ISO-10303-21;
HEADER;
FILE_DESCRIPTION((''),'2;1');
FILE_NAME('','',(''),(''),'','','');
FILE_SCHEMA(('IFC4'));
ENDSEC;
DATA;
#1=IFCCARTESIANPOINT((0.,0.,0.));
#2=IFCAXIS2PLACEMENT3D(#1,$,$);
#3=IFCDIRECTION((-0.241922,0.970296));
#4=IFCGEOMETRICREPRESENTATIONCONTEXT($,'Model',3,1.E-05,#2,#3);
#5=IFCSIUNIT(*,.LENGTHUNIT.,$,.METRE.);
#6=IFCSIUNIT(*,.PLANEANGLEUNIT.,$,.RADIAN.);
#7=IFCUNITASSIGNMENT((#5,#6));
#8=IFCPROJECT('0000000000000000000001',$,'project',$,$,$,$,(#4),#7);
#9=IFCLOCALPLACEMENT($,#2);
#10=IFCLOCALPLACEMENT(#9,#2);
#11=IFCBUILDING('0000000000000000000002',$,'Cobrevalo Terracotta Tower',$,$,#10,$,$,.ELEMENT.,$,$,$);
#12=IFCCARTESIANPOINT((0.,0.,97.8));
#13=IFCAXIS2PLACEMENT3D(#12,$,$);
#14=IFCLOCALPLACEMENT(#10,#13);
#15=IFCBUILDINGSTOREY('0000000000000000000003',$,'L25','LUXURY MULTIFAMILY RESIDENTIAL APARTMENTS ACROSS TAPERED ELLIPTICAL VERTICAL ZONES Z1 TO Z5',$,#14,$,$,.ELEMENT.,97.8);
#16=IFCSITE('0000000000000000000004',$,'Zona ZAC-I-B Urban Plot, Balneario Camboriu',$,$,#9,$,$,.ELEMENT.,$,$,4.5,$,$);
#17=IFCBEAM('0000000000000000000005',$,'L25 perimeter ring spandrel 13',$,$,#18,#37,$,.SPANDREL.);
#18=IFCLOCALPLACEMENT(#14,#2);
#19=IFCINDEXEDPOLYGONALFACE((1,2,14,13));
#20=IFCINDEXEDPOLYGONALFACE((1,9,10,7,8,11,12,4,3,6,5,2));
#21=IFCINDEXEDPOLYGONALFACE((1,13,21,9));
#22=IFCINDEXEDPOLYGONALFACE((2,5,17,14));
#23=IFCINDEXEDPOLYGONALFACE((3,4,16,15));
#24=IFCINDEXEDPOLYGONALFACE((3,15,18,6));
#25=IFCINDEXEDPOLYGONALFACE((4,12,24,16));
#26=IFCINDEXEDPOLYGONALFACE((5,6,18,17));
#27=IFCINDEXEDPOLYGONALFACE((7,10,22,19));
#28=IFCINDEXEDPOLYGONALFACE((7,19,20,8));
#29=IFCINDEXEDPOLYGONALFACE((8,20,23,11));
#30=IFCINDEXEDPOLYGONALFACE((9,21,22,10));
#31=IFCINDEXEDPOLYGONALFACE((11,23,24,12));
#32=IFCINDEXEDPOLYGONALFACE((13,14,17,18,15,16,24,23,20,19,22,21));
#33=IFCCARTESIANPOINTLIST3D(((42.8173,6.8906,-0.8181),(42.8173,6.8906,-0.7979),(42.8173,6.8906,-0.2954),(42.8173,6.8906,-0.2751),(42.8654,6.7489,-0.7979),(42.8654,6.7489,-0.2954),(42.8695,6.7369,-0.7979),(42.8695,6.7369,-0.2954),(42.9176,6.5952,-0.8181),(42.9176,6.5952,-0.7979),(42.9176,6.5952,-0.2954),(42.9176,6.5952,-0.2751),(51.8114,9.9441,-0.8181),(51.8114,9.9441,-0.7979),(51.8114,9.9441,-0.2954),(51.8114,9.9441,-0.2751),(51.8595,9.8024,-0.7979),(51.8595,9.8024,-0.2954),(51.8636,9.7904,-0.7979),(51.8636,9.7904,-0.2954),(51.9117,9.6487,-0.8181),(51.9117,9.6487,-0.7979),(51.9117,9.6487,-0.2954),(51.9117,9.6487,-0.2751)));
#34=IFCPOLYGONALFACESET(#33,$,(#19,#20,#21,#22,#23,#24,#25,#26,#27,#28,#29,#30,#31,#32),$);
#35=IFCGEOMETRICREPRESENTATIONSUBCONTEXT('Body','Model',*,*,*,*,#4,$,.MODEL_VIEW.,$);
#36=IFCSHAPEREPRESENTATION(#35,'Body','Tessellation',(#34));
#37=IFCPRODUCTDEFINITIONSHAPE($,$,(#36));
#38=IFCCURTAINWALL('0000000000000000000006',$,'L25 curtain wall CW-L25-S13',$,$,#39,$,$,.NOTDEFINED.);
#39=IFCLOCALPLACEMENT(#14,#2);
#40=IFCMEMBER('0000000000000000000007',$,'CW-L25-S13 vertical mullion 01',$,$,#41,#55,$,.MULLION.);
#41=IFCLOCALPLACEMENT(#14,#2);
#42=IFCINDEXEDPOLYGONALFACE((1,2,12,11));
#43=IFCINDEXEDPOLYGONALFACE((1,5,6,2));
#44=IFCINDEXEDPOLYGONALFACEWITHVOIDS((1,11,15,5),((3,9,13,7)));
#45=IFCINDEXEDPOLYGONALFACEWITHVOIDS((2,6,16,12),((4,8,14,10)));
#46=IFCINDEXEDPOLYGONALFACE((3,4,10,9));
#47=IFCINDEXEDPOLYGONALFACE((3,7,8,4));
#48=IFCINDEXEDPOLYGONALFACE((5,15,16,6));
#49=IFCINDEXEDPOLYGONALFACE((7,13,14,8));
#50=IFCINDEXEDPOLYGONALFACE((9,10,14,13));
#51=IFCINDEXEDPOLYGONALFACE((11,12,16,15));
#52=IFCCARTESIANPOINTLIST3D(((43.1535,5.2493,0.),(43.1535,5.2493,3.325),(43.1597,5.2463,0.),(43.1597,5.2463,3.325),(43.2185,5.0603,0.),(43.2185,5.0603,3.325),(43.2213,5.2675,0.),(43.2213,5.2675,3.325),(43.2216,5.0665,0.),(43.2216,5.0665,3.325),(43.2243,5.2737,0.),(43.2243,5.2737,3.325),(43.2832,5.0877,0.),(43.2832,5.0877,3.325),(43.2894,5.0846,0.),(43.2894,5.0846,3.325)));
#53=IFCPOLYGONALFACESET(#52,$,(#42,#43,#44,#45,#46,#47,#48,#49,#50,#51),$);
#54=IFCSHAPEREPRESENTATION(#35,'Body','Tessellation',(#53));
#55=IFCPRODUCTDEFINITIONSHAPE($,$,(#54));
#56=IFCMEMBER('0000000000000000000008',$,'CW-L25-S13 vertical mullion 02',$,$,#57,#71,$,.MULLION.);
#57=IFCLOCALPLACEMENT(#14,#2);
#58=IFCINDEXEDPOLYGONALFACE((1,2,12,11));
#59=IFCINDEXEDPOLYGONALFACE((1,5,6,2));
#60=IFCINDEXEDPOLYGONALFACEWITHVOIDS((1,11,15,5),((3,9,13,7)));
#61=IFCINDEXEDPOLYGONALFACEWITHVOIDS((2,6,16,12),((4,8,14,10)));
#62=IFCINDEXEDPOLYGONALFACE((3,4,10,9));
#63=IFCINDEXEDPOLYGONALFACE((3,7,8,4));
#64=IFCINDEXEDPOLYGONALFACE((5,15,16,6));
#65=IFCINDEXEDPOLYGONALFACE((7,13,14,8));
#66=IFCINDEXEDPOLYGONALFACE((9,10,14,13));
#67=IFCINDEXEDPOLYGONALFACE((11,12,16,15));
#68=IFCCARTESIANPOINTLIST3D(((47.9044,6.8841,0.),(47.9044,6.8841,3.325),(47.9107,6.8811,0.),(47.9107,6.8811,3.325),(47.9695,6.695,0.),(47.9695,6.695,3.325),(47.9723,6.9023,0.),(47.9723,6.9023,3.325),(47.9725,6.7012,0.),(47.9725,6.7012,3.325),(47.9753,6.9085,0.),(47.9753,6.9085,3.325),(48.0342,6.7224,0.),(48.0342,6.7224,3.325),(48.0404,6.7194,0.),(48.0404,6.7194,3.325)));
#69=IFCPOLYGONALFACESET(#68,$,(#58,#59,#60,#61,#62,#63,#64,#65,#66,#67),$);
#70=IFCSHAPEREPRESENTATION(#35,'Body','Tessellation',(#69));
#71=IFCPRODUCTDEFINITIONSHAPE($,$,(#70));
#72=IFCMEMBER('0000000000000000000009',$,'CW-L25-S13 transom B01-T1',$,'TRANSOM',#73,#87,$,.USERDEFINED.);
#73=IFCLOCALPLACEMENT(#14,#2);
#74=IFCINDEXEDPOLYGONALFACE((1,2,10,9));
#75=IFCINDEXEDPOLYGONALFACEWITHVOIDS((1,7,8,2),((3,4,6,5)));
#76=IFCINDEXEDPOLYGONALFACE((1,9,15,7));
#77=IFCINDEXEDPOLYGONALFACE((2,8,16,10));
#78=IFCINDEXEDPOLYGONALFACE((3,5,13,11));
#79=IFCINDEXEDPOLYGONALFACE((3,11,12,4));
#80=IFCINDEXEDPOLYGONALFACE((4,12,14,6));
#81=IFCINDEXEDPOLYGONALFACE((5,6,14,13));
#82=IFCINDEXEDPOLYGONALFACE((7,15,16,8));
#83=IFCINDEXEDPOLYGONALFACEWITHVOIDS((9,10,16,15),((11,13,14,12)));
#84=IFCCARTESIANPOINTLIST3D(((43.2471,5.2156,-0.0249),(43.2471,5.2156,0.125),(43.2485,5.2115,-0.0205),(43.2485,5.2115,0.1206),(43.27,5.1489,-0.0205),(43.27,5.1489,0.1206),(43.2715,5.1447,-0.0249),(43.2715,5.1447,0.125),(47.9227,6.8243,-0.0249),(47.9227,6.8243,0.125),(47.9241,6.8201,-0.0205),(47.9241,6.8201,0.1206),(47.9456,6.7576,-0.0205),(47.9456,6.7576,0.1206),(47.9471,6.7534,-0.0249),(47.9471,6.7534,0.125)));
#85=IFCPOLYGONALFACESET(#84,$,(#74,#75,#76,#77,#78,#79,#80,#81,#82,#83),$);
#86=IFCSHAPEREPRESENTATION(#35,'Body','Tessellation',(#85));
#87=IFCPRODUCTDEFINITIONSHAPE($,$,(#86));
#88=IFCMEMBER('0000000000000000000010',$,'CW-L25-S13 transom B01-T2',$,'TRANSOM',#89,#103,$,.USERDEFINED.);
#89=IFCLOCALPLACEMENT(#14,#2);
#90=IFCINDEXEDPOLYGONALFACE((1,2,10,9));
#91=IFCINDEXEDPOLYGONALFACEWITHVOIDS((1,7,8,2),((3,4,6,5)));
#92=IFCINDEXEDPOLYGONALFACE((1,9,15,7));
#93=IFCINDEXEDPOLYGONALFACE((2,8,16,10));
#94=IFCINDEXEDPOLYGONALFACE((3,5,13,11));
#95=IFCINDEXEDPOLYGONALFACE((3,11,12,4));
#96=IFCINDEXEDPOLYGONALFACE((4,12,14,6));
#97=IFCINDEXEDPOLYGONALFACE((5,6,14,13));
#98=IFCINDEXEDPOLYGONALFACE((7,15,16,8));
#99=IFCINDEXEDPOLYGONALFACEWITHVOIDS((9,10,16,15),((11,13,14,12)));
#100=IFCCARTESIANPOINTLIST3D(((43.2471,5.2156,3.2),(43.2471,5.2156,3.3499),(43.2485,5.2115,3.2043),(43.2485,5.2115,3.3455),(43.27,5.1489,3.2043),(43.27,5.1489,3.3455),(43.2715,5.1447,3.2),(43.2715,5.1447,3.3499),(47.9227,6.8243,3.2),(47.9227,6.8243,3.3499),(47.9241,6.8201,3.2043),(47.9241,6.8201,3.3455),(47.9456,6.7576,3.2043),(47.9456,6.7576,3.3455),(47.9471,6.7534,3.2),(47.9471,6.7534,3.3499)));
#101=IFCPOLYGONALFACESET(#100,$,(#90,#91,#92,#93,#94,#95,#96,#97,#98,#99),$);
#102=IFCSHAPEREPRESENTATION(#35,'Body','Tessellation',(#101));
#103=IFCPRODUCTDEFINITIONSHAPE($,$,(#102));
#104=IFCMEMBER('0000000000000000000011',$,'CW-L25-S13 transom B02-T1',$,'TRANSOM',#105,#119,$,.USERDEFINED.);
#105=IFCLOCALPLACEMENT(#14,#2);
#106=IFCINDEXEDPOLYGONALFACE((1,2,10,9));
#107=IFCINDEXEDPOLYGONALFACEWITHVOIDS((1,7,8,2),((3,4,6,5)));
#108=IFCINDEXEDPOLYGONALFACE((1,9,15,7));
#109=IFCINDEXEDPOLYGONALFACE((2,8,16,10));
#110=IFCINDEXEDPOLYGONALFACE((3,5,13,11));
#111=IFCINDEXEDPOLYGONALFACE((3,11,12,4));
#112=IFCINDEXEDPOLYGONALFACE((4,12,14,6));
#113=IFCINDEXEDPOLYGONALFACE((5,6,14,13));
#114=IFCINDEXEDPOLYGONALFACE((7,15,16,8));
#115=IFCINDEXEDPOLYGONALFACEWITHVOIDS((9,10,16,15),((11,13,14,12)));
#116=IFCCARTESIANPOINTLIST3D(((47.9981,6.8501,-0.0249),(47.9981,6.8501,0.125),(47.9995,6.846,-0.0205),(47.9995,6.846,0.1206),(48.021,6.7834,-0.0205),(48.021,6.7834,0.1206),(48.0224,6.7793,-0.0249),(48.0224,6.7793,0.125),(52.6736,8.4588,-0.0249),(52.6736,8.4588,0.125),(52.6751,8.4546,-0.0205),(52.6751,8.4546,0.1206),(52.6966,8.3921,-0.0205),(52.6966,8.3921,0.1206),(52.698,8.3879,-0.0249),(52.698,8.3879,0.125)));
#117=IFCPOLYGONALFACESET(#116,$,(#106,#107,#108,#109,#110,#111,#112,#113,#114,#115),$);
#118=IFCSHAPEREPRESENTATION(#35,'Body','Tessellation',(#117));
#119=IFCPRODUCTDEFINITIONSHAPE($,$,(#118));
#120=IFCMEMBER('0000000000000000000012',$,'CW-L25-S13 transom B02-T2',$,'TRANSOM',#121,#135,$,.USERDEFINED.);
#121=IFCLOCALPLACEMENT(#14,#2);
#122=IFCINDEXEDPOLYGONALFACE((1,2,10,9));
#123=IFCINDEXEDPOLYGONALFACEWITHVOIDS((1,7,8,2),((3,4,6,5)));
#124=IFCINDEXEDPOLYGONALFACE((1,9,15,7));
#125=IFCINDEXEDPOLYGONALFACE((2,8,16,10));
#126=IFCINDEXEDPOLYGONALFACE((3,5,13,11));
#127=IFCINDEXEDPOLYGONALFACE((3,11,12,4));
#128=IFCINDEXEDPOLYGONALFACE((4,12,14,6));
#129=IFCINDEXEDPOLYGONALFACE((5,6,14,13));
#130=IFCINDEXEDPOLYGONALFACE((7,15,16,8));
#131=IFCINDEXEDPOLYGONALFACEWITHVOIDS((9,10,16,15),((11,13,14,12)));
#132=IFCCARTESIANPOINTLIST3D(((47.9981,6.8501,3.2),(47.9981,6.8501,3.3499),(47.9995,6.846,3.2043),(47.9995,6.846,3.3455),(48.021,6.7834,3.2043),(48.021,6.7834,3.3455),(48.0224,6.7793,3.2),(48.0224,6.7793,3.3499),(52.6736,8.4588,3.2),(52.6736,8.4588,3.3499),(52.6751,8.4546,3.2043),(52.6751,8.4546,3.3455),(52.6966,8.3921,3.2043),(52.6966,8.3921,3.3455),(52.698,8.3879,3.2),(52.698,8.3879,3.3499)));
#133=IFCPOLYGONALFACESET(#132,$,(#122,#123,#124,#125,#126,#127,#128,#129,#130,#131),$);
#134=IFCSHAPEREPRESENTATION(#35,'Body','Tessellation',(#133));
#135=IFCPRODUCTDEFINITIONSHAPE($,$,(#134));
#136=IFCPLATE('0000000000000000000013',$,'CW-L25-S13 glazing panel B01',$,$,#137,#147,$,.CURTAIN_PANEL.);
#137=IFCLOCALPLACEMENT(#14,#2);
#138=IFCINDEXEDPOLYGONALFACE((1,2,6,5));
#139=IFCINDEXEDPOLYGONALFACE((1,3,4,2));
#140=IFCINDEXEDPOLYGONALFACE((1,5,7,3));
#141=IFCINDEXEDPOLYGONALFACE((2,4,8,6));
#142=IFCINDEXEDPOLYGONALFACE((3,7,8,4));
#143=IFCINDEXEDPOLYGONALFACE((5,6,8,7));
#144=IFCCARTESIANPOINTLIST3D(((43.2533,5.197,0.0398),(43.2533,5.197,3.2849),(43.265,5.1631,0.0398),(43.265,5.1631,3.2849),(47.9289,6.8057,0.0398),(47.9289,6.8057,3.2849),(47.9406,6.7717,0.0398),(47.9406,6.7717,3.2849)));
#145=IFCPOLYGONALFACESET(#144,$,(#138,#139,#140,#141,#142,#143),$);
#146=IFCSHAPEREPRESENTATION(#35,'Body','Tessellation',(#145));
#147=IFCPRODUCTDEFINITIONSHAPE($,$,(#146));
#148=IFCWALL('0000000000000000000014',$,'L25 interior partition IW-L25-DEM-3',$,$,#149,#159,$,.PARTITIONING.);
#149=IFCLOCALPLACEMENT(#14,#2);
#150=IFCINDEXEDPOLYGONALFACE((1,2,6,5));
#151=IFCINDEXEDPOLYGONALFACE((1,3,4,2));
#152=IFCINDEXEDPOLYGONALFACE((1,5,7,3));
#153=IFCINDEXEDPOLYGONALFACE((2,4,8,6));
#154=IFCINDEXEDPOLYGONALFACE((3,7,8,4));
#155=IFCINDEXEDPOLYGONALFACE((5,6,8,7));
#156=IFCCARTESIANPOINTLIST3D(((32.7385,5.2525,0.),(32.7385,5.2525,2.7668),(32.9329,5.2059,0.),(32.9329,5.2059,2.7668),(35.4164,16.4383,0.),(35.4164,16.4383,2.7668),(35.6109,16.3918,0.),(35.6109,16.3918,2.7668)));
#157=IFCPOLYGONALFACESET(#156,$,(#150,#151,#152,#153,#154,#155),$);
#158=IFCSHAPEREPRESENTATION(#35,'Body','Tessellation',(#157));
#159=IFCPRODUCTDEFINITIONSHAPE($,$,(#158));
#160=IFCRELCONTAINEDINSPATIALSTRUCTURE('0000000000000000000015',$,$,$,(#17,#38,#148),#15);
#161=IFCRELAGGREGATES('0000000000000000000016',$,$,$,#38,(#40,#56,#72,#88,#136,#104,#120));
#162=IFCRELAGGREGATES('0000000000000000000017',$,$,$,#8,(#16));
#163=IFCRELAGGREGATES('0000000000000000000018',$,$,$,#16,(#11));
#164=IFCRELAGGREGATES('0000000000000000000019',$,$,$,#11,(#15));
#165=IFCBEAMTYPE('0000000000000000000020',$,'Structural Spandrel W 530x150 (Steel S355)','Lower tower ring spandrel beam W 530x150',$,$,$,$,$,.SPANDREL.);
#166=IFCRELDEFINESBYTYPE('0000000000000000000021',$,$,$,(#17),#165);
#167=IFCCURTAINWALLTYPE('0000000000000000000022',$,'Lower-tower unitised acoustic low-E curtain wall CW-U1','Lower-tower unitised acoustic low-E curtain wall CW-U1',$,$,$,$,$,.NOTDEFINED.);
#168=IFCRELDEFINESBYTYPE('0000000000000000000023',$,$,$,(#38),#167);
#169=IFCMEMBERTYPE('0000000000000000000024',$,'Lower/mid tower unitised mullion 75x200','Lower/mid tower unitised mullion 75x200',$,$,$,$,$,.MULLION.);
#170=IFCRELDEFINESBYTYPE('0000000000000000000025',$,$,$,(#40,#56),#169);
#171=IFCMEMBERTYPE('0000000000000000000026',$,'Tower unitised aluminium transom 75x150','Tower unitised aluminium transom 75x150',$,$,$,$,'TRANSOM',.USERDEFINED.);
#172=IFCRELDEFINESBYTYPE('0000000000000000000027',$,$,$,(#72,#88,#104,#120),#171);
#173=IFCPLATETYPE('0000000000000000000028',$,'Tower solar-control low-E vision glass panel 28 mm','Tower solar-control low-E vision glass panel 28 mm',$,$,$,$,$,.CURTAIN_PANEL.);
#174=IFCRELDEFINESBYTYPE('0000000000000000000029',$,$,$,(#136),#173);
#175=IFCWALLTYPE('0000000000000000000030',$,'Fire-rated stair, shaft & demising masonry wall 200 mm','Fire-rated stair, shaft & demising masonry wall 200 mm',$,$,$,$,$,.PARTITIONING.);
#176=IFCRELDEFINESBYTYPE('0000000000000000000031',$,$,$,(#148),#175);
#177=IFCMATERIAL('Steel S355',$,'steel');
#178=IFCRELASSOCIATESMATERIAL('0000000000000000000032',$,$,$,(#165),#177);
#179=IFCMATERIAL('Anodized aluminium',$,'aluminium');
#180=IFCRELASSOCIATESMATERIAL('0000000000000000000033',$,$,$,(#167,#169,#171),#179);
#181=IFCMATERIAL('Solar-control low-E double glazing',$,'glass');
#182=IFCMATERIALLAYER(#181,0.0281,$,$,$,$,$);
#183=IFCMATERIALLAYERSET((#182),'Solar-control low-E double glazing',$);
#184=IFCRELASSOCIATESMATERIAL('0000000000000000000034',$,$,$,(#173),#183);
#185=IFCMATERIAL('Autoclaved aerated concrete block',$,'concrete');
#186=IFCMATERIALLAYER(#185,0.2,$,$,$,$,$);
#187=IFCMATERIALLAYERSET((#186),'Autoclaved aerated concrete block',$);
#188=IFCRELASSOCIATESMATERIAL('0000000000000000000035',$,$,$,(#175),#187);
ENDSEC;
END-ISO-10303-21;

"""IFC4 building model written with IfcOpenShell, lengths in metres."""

from ifc_helpers import new_model, si_unit, direction, frame, frame_2d, origin, origin_2d, place, context, subcontext, project, spatial, rectangle, hollow_rectangle, i_section, extrude, source, transform, mapped, material, layer, layer_set, material_profile, profile_set, type_object, element, aggregate, save


model = new_model("IFC4")

# Units and contexts
model_context = context("Model", 3, precision=1e-05, world=origin(), true_north=direction((-0.241922, 0.970296)))
body_context = subcontext(model_context, "Body", "Model", "MODEL_VIEW")
ifc_project = project(units=[si_unit("LENGTHUNIT", "METRE"), si_unit("PLANEANGLEUNIT", "RADIAN")], contexts=[model_context])

# Site, building, storey
site_placement = place(None, origin())
site = spatial("IfcSite", under=ifc_project, at=site_placement, Name="Zona ZAC-I-B Urban Plot, Balneario Camboriu", CompositionType="ELEMENT", RefElevation=4.5)
building_placement = place(site_placement, origin())
building = spatial("IfcBuilding", under=site, at=building_placement, Name="Cobrevalo Terracotta Tower", CompositionType="ELEMENT")
storey_placement = place(building_placement, frame((0.0, 0.0, 97.8)))
storey = spatial("IfcBuildingStorey", under=building, at=storey_placement, Name="L25", Description="LUXURY MULTIFAMILY RESIDENTIAL APARTMENTS ACROSS TAPERED ELLIPTICAL VERTICAL ZONES Z1 TO Z5", CompositionType="ELEMENT", Elevation=97.8)

# Shared definitions
ifc_material_1 = material(Name="Steel S355", Category="steel")

# Beam
ifc_material_profile_1 = material_profile(ifc_material_1, i_section(OverallWidth=0.312, OverallDepth=0.543, WebThickness=0.0127, FlangeThickness=0.0203, at=origin_2d()), Name="W 530x150")
ifc_profile_set_1 = profile_set([ifc_material_profile_1], Name="Steel S355")
beam_type_1 = type_object("IfcBeamType", Name="Structural Spandrel W 530x150 (Steel S355)", Description="Lower tower ring spandrel beam W 530x150", PredefinedType="SPANDREL", material=ifc_profile_set_1)
beam_1_placement = place(storey_placement, frame((42.8674, 6.7429, -0.5466), z_axis=(0.946918, 0.321474, 0.0), x_axis=(-0.321474, 0.946918, 0.0)))
element("IfcBeam", 1, at=beam_1_placement, inside=storey, type_object=beam_type_1, Name="L25 perimeter ring spandrel 13", PredefinedType="SPANDREL", context=body_context, shape_type="SweptSolid", body=[
    extrude(i_section(OverallWidth=0.312, OverallDepth=0.543, WebThickness=0.0127, FlangeThickness=0.0203, at=origin_2d()), origin(), (0.0, 0.0, 1.0), 9.4983),
])

# Curtain wall, members, plate
ifc_material_2 = material(Name="Anodized aluminium", Category="aluminium")
curtain_wall_type = type_object("IfcCurtainWallType", Name="Lower-tower unitised acoustic low-E curtain wall CW-U1", Description="Lower-tower unitised acoustic low-E curtain wall CW-U1", PredefinedType="NOTDEFINED", material=ifc_material_2)
curtain_wall_placement = place(storey_placement, origin())
curtain_wall = element("IfcCurtainWall", 2, at=curtain_wall_placement, inside=storey, type_object=curtain_wall_type, Name="L25 curtain wall CW-L25-S13", PredefinedType="NOTDEFINED")
ifc_material_profile_2 = material_profile(ifc_material_2, hollow_rectangle(XDim=0.075, YDim=0.2, WallThickness=0.0049, at=origin_2d()), Name="CWM 75x200")
ifc_profile_set_2 = profile_set([ifc_material_profile_2], Name="Anodized aluminium")
member_type_1 = type_object("IfcMemberType", Name="Lower/mid tower unitised mullion 75x200", Description="Lower/mid tower unitised mullion 75x200", PredefinedType="MULLION", material=ifc_profile_set_2)
shared_shape_1 = source(origin(), body_context, "Body", "SweptSolid", [
    extrude(hollow_rectangle(XDim=0.075, YDim=0.2, WallThickness=0.0049, at=origin_2d()), origin(), (0.0, 0.0, 1.0), 3.325),
])
member_1_placement = place(storey_placement, frame((43.2214, 5.167, 0.0), z_axis=(0.0, 0.0, 1.0), x_axis=(0.945598, 0.325337, 0.0)))
member_1 = element("IfcMember", 3, at=member_1_placement, type_object=member_type_1, Name="CW-L25-S13 vertical mullion 01", PredefinedType="MULLION", context=body_context, shape_type="MappedRepresentation", body=[
    mapped(shared_shape_1, transform((0.0, 0.0, 0.0), scale=1.0)),
])
member_2_placement = place(storey_placement, frame((47.9724, 6.8018, 0.0), z_axis=(0.0, 0.0, 1.0), x_axis=(0.945598, 0.325337, 0.0)))
member_2 = element("IfcMember", 4, at=member_2_placement, type_object=member_type_1, Name="CW-L25-S13 vertical mullion 02", PredefinedType="MULLION", context=body_context, shape_type="MappedRepresentation", body=[
    mapped(shared_shape_1, transform((0.0, 0.0, 0.0), scale=1.0)),
])
ifc_material_profile_3 = material_profile(ifc_material_2, hollow_rectangle(XDim=0.075, YDim=0.1499, WallThickness=0.0044, at=origin_2d()), Name="CWT 75x150")
ifc_profile_set_3 = profile_set([ifc_material_profile_3], Name="Anodized aluminium")
member_type_2 = type_object("IfcMemberType", Name="Tower unitised aluminium transom 75x150", Description="Tower unitised aluminium transom 75x150", ElementType="TRANSOM", PredefinedType="USERDEFINED", material=ifc_profile_set_3)
shared_shape_2 = source(origin(), body_context, "Body", "SweptSolid", [
    extrude(hollow_rectangle(XDim=0.075, YDim=0.1499, WallThickness=0.0044, at=origin_2d()), origin(), (0.0, 0.0, 1.0), 4.9446),
])
member_3_placement = place(storey_placement, frame((43.2593, 5.1802, 0.05), z_axis=(0.945598, 0.325338, 0.0), x_axis=(-0.325338, 0.945598, 0.0)))
member_3 = element("IfcMember", 5, at=member_3_placement, type_object=member_type_2, Name="CW-L25-S13 transom B01-T1", ObjectType="TRANSOM", PredefinedType="USERDEFINED", context=body_context, shape_type="MappedRepresentation", body=[
    mapped(shared_shape_2, transform((0.0, 0.0, 0.0), scale=1.0)),
])
member_4_placement = place(storey_placement, frame((43.2593, 5.1802, 3.2749), z_axis=(0.945598, 0.325338, 0.0), x_axis=(-0.325338, 0.945598, 0.0)))
member_4 = element("IfcMember", 6, at=member_4_placement, type_object=member_type_2, Name="CW-L25-S13 transom B01-T2", ObjectType="TRANSOM", PredefinedType="USERDEFINED", context=body_context, shape_type="MappedRepresentation", body=[
    mapped(shared_shape_2, transform((0.0, 0.0, 0.0), scale=1.0)),
])
member_5_placement = place(storey_placement, frame((48.0103, 6.8147, 0.05), z_axis=(0.945598, 0.325338, 0.0), x_axis=(-0.325338, 0.945598, 0.0)))
member_5 = element("IfcMember", 7, at=member_5_placement, type_object=member_type_2, Name="CW-L25-S13 transom B02-T1", ObjectType="TRANSOM", PredefinedType="USERDEFINED", context=body_context, shape_type="MappedRepresentation", body=[
    mapped(shared_shape_2, transform((0.0, 0.0, 0.0), scale=1.0)),
])
member_6_placement = place(storey_placement, frame((48.0103, 6.8147, 3.2749), z_axis=(0.945598, 0.325338, 0.0), x_axis=(-0.325338, 0.945598, 0.0)))
member_6 = element("IfcMember", 8, at=member_6_placement, type_object=member_type_2, Name="CW-L25-S13 transom B02-T2", ObjectType="TRANSOM", PredefinedType="USERDEFINED", context=body_context, shape_type="MappedRepresentation", body=[
    mapped(shared_shape_2, transform((0.0, 0.0, 0.0), scale=1.0)),
])
ifc_material_3 = material(Name="Solar-control low-E double glazing", Category="glass")
ifc_layer_1 = layer(ifc_material_3, 0.0281)
ifc_layer_set_1 = layer_set([ifc_layer_1], Name="Solar-control low-E double glazing")
plate_type = type_object("IfcPlateType", Name="Tower solar-control low-E vision glass panel 28 mm", Description="Tower solar-control low-E vision glass panel 28 mm", PredefinedType="CURTAIN_PANEL", material=ifc_layer_set_1)
shared_shape_3 = source(origin(), body_context, "Body", "SweptSolid", [
    extrude(rectangle(XDim=4.9446, YDim=0.0359, at=origin_2d()), origin(), (0.0, 0.0, 1.0), 3.2451),
])
plate_placement = place(storey_placement, frame((45.5969, 5.9844, 0.0398), z_axis=(0.0, 0.0, 1.0), x_axis=(0.945596, 0.325342, 0.0)))
plate = element("IfcPlate", 9, at=plate_placement, type_object=plate_type, Name="CW-L25-S13 glazing panel B01", PredefinedType="CURTAIN_PANEL", context=body_context, shape_type="MappedRepresentation", body=[
    mapped(shared_shape_3, transform((0.0, 0.0, 0.0), scale=1.0)),
])
aggregate(curtain_wall, [member_1, member_2, member_3, member_4, plate, member_5, member_6])

# Wall
ifc_material_4 = material(Name="Autoclaved aerated concrete block", Category="concrete")
ifc_layer_2 = layer(ifc_material_4, 0.2)
ifc_layer_set_2 = layer_set([ifc_layer_2], Name="Autoclaved aerated concrete block")
wall_type_1 = type_object("IfcWallType", Name="Fire-rated stair, shaft & demising masonry wall 200 mm", Description="Fire-rated stair, shaft & demising masonry wall 200 mm", PredefinedType="PARTITIONING", material=ifc_layer_set_2)
wall_1_placement = place(storey_placement, frame((35.5137, 16.415, 0.0), z_axis=(0.0, 0.0, 1.0), x_axis=(-0.232829, -0.972518, 0.0)))
element("IfcWall", 10, at=wall_1_placement, inside=storey, type_object=wall_type_1, Name="L25 interior partition IW-L25-DEM-3", PredefinedType="PARTITIONING", context=body_context, shape_type="SweptSolid", body=[
    extrude(rectangle(XDim=11.502, YDim=0.2, at=frame_2d((5.751, 0.0))), origin(), (0.0, 0.0, 1.0), 2.7668),
])

save(model, "model.ifc")
